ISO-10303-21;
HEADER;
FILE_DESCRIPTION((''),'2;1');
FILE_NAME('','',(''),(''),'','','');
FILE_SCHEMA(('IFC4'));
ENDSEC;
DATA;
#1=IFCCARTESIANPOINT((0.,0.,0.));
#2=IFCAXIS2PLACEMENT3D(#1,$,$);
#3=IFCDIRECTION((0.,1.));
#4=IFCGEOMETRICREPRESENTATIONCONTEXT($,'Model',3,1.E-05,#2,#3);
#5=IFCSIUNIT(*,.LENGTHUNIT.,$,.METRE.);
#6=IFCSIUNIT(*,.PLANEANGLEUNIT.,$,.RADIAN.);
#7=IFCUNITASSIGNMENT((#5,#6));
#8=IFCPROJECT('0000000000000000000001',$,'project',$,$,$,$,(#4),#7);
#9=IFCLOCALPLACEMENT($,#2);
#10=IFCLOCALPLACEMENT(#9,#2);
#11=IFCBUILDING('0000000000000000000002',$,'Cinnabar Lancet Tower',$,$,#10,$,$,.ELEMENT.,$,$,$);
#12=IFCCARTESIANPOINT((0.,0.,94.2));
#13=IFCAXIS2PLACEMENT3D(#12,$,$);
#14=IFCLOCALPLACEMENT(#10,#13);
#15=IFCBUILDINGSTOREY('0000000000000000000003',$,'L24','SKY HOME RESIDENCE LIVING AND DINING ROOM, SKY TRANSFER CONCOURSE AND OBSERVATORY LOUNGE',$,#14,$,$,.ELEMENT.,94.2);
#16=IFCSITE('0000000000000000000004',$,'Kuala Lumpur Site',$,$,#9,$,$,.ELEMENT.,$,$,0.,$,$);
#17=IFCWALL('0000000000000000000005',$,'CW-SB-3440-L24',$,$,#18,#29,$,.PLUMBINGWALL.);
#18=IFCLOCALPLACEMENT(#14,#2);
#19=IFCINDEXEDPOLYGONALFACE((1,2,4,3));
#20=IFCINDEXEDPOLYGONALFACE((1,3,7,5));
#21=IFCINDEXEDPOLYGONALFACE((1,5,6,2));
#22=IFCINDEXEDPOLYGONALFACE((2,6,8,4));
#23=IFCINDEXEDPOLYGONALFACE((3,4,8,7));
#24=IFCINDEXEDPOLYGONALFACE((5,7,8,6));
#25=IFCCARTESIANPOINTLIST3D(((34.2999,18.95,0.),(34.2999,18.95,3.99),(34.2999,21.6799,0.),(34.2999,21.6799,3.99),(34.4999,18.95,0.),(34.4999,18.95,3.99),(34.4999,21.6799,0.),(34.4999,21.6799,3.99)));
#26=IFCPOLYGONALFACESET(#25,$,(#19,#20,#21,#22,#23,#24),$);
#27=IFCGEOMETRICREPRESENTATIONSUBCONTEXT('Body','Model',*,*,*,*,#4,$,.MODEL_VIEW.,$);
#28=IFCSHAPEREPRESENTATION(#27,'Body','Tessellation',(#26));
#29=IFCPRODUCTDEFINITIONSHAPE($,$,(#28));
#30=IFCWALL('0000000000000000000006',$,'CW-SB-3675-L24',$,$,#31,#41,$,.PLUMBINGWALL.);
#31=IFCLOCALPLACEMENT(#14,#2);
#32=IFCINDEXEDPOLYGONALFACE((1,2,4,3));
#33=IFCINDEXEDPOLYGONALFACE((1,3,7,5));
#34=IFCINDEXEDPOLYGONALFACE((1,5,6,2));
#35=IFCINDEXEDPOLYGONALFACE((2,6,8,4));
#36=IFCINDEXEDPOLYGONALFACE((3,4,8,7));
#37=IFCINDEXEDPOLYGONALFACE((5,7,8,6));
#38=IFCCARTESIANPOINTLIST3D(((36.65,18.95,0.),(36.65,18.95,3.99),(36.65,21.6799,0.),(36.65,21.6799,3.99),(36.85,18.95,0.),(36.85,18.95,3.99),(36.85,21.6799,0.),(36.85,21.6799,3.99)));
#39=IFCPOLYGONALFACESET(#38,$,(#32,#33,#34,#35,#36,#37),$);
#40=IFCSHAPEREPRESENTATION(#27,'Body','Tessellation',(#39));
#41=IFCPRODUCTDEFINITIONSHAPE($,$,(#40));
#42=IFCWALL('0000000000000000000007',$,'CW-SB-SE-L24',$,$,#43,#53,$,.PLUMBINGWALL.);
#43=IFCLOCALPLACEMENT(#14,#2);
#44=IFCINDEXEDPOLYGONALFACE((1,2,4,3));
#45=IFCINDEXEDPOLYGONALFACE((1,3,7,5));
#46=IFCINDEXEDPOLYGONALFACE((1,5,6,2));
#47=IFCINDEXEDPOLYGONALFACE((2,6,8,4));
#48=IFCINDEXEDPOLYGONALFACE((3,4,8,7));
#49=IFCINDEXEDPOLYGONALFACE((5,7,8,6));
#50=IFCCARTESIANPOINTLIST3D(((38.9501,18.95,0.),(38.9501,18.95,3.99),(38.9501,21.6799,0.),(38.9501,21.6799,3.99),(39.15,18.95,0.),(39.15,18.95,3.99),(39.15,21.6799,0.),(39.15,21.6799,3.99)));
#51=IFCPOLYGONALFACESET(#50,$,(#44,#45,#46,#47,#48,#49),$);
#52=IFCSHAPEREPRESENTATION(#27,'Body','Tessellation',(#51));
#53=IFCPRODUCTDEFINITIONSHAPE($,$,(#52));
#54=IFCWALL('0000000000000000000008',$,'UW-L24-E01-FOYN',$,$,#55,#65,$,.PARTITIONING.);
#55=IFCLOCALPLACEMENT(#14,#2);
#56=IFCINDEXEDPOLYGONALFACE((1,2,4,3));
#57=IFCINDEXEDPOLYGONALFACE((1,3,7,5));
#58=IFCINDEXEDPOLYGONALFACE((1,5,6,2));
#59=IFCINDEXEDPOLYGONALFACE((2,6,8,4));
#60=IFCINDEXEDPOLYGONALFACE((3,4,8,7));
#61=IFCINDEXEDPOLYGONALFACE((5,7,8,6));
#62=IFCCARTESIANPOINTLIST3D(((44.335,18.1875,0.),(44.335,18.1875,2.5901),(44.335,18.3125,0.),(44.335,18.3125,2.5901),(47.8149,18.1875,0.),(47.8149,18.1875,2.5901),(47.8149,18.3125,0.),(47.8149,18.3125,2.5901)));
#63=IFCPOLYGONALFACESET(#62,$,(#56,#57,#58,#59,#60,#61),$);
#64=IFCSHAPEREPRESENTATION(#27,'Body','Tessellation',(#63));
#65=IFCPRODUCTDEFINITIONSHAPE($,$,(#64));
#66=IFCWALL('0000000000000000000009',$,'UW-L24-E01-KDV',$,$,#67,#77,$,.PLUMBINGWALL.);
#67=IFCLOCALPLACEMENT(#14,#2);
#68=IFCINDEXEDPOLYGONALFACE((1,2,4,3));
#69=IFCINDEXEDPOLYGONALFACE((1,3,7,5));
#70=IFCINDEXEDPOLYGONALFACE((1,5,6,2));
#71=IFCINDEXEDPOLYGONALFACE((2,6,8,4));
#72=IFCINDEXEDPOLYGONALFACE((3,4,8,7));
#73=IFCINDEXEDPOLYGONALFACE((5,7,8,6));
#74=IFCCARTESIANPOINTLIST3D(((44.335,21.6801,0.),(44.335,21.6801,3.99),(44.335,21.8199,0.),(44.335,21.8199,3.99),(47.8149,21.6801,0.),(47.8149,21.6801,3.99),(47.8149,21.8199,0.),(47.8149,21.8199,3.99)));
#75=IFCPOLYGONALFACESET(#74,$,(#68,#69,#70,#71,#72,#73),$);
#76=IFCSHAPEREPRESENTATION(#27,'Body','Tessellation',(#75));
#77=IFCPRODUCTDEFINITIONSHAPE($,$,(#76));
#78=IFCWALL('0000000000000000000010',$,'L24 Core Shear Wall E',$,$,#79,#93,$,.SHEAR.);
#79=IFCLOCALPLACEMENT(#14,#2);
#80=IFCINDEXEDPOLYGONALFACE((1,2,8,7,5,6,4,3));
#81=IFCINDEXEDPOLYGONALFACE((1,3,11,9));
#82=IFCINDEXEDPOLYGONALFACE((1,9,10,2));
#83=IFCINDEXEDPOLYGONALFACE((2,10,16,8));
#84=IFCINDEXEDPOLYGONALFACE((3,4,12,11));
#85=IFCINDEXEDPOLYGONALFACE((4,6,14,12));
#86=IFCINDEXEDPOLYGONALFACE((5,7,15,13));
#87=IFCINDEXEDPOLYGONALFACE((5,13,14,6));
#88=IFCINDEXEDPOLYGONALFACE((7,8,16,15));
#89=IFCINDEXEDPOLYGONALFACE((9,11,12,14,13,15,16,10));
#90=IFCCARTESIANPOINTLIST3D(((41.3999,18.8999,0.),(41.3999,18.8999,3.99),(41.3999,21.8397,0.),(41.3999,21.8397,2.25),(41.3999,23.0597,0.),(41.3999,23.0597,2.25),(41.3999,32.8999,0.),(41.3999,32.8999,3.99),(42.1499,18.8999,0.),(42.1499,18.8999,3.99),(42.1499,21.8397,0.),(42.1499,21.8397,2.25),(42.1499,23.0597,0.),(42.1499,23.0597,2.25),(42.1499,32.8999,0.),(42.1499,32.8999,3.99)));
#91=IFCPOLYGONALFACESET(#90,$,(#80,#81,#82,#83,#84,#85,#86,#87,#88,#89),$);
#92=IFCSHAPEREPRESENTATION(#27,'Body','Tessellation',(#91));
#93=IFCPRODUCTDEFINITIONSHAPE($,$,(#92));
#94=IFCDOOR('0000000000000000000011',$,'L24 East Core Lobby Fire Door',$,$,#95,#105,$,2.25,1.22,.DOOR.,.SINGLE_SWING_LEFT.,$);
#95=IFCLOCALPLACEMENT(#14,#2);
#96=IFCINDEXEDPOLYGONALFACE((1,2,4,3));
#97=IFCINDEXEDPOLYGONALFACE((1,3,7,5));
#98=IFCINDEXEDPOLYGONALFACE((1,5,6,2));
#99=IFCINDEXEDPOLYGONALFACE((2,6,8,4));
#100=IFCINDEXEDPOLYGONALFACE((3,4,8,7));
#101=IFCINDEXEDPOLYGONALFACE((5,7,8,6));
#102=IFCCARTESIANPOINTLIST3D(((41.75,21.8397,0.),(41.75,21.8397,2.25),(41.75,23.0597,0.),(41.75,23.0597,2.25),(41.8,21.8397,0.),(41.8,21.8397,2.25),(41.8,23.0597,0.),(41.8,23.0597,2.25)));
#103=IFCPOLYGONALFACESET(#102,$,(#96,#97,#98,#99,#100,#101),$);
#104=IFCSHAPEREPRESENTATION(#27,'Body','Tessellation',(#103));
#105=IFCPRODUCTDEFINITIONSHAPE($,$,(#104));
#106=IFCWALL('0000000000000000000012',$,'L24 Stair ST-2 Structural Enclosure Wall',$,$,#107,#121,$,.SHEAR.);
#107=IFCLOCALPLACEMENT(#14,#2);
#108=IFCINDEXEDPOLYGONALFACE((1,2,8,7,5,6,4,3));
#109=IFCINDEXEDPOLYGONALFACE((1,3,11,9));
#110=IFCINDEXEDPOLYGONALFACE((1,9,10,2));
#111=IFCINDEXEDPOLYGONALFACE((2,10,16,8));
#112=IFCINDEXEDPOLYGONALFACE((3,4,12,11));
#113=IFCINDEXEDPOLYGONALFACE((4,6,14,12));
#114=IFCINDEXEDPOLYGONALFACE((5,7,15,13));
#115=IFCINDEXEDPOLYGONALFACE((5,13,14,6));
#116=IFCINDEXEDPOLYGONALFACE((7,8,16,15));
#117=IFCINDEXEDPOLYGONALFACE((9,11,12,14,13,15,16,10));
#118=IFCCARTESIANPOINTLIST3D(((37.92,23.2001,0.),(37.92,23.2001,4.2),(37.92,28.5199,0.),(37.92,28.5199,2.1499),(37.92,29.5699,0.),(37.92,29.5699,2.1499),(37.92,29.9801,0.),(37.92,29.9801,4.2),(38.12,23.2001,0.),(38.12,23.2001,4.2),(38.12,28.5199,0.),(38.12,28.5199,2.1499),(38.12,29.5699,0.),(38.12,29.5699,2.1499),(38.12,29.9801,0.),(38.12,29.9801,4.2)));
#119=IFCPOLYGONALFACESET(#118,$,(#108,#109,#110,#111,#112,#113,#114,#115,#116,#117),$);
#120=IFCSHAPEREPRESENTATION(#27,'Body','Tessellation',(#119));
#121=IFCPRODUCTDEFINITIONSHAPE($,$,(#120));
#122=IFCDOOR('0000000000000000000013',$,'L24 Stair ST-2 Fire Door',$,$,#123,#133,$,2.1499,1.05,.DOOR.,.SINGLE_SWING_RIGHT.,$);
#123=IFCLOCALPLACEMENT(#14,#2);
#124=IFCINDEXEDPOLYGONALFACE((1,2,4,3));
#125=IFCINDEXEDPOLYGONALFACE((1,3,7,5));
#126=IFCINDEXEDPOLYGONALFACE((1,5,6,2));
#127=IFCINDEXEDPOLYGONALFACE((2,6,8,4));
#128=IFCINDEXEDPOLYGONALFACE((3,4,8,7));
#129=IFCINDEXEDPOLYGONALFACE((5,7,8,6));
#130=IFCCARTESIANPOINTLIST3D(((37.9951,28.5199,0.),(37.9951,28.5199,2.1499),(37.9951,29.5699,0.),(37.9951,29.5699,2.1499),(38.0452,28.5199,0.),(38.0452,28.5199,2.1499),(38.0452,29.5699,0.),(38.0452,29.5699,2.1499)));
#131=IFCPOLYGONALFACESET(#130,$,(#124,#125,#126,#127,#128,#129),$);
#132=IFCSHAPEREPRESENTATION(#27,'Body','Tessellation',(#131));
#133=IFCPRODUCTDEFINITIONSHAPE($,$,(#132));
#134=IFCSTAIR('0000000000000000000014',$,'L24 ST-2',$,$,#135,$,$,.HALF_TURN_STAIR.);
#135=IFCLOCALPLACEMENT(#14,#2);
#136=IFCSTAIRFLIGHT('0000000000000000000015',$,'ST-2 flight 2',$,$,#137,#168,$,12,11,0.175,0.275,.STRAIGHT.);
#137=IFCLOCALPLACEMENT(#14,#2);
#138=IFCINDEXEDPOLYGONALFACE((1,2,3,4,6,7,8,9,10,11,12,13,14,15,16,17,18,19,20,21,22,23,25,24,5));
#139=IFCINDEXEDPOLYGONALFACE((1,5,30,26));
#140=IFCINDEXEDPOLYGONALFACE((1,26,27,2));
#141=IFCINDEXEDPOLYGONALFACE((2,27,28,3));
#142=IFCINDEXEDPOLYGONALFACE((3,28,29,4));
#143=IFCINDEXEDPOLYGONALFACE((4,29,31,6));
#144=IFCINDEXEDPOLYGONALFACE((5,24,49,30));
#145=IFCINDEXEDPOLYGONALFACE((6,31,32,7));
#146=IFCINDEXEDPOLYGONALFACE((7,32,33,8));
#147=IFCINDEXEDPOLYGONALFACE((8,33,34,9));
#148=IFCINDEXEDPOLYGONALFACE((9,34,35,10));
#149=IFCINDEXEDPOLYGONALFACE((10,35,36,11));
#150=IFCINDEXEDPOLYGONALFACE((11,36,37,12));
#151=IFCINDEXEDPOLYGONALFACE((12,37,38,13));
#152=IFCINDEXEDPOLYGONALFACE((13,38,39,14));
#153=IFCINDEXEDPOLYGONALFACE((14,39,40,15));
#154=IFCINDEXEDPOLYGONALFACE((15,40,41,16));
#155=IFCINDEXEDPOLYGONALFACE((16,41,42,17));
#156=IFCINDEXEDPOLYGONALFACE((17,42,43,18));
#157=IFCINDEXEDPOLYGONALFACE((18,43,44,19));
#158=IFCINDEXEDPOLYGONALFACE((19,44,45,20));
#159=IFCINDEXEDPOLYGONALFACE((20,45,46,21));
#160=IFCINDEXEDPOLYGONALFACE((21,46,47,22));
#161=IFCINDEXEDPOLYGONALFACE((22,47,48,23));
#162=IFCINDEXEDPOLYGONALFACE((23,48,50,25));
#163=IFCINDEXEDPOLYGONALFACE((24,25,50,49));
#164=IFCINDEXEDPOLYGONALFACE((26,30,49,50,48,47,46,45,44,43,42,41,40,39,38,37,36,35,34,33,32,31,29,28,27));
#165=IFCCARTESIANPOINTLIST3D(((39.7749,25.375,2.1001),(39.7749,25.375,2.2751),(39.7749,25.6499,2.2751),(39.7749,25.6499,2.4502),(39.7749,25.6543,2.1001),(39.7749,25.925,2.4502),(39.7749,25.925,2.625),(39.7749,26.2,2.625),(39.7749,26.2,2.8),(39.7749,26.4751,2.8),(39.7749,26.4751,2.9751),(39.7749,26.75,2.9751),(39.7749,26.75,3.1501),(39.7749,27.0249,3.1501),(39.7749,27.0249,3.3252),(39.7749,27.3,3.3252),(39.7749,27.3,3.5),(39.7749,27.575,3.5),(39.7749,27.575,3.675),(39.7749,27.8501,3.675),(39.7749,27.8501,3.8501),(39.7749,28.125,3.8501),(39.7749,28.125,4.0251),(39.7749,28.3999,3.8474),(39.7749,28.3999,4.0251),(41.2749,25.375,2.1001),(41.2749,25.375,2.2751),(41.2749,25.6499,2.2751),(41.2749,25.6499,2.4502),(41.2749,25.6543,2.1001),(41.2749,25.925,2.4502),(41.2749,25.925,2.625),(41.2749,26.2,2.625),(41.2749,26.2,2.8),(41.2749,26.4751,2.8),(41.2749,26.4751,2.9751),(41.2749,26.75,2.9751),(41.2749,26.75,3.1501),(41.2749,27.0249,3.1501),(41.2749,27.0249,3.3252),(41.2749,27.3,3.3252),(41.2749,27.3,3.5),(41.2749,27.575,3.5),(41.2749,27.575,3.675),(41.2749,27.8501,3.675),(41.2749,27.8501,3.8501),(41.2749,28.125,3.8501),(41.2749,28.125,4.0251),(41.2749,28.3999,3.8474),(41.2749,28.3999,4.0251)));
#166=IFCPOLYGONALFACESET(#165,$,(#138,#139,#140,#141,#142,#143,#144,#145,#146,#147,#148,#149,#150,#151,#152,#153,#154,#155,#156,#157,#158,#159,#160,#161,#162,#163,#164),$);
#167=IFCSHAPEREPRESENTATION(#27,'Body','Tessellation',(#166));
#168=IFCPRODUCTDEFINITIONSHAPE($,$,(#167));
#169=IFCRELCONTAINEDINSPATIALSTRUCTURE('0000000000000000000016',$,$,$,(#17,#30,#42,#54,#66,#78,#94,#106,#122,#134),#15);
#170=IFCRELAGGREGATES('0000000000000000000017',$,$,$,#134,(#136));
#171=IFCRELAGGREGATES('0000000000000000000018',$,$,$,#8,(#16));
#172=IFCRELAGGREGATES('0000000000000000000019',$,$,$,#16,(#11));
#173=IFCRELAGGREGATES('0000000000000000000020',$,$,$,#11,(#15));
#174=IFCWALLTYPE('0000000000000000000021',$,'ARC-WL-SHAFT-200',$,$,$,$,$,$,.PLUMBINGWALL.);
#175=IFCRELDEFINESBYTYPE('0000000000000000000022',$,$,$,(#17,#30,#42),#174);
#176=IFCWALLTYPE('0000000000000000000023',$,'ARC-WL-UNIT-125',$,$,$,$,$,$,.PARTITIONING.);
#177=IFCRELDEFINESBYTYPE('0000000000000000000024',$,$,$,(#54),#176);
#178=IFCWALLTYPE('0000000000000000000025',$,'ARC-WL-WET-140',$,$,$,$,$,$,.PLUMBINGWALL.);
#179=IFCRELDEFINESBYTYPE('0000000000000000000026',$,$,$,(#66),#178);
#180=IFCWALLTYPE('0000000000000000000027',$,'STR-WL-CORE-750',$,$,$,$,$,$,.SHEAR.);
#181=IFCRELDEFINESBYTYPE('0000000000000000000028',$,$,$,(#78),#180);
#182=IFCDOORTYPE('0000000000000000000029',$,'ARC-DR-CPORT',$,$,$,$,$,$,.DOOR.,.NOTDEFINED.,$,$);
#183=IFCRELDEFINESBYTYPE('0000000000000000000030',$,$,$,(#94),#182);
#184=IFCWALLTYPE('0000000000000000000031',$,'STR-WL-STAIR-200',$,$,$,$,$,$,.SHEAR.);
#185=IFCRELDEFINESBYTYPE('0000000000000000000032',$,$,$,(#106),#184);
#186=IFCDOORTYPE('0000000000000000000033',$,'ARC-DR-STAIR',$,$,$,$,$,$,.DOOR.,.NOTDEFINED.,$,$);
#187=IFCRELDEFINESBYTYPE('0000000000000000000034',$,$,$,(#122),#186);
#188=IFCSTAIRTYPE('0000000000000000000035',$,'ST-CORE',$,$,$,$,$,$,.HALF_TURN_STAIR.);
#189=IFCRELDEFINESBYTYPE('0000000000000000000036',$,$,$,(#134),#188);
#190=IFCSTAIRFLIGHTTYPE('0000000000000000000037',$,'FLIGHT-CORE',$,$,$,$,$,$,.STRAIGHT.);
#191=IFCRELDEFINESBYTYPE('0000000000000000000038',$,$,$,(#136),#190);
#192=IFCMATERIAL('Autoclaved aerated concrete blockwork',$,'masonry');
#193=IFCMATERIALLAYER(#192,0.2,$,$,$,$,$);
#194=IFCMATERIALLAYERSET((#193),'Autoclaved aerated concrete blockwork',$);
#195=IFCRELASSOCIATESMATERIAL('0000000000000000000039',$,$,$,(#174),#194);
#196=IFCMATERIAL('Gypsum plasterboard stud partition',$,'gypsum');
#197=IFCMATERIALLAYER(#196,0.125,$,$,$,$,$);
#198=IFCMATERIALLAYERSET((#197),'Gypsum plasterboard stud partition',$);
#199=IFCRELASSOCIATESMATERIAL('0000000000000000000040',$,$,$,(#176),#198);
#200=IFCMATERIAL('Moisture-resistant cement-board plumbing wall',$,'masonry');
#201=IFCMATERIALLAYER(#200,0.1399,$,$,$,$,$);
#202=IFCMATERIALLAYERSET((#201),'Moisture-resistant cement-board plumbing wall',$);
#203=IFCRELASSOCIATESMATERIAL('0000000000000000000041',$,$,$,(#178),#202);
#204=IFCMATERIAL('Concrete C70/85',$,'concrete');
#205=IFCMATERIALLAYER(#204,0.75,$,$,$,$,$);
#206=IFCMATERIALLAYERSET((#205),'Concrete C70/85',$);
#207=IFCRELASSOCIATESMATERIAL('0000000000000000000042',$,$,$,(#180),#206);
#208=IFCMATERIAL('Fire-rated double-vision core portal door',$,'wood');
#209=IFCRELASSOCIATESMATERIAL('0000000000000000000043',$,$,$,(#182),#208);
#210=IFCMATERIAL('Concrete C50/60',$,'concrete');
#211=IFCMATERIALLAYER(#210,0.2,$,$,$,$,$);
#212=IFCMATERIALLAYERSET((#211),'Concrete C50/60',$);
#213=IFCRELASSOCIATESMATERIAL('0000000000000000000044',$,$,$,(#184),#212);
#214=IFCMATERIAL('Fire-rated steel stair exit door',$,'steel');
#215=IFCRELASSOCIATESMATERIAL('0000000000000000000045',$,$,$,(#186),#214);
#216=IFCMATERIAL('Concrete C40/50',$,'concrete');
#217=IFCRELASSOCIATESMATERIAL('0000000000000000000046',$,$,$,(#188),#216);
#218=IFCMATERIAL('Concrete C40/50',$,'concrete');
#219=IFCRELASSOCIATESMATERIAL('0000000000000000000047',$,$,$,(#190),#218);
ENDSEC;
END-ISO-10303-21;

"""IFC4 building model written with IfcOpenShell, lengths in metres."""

from ifc_helpers import new_model, si_unit, direction, frame, frame_2d, origin, place, context, subcontext, project, spatial, polyline, rectangle, outline, extrude, material, layer, layer_set, type_object, element, fill, aggregate, save


model = new_model("IFC4")

# Units and contexts
model_context = context("Model", 3, precision=1e-05, world=origin(), true_north=direction((0.0, 1.0)))
body_context = subcontext(model_context, "Body", "Model", "MODEL_VIEW")
ifc_project = project(units=[si_unit("LENGTHUNIT", "METRE"), si_unit("PLANEANGLEUNIT", "RADIAN")], contexts=[model_context])

# Site, building, storey
site_placement = place(None, origin())
site = spatial("IfcSite", under=ifc_project, at=site_placement, Name="Kuala Lumpur Site", CompositionType="ELEMENT", RefElevation=0.0)
building_placement = place(site_placement, origin())
building = spatial("IfcBuilding", under=site, at=building_placement, Name="Cinnabar Lancet Tower", CompositionType="ELEMENT")
storey_placement = place(building_placement, frame((0.0, 0.0, 94.2)))
storey = spatial("IfcBuildingStorey", under=building, at=storey_placement, Name="L24", Description="SKY HOME RESIDENCE LIVING AND DINING ROOM, SKY TRANSFER CONCOURSE AND OBSERVATORY LOUNGE", CompositionType="ELEMENT", Elevation=94.2)

# Shared definitions
ifc_material_1 = material(Name="Autoclaved aerated concrete blockwork", Category="masonry")
ifc_layer_1 = layer(ifc_material_1, 0.2)
ifc_layer_set_1 = layer_set([ifc_layer_1], Name="Autoclaved aerated concrete blockwork")
wall_type_1 = type_object("IfcWallType", Name="ARC-WL-SHAFT-200", PredefinedType="PLUMBINGWALL", material=ifc_layer_set_1)

# Walls
for number, where, z_axis, x_axis, name in (
    (1, (34.3999, 18.95, 0.0), (0.0, 0.0, 1.0), (0.0, 1.0, 0.0), "CW-SB-3440-L24"),
    (2, (36.75, 18.95, 0.0), (0.0, 0.0, 1.0), (0.0, 1.0, 0.0), "CW-SB-3675-L24"),
    (3, (39.05, 18.95, 0.0), (0.0, 0.0, 1.0), (0.0, 1.0, 0.0), "CW-SB-SE-L24"),
):
    element("IfcWall", number, at=place(storey_placement, frame(where, z_axis=z_axis, x_axis=x_axis)), inside=storey, type_object=wall_type_1, Name=name, PredefinedType="PLUMBINGWALL", context=body_context, shape_type="SweptSolid", body=[
        extrude(rectangle(XDim=2.73, YDim=0.2, at=frame_2d((1.365, 0.0))), origin(), (0.0, 0.0, 1.0), 3.99),
    ])
ifc_material_2 = material(Name="Gypsum plasterboard stud partition", Category="gypsum")
ifc_layer_2 = layer(ifc_material_2, 0.125)
ifc_layer_set_2 = layer_set([ifc_layer_2], Name="Gypsum plasterboard stud partition")
wall_type_2 = type_object("IfcWallType", Name="ARC-WL-UNIT-125", PredefinedType="PARTITIONING", material=ifc_layer_set_2)
wall_1_placement = place(storey_placement, frame((44.335, 18.25, 0.0), z_axis=(0.0, 0.0, 1.0), x_axis=(1.0, 0.0, 0.0)))
element("IfcWall", 4, at=wall_1_placement, inside=storey, type_object=wall_type_2, Name="UW-L24-E01-FOYN", PredefinedType="PARTITIONING", context=body_context, shape_type="SweptSolid", body=[
    extrude(rectangle(XDim=3.48, YDim=0.125, at=frame_2d((1.74, 0.0))), origin(), (0.0, 0.0, 1.0), 2.5901),
])
ifc_material_3 = material(Name="Moisture-resistant cement-board plumbing wall", Category="masonry")
ifc_layer_3 = layer(ifc_material_3, 0.1399)
ifc_layer_set_3 = layer_set([ifc_layer_3], Name="Moisture-resistant cement-board plumbing wall")
wall_type_3 = type_object("IfcWallType", Name="ARC-WL-WET-140", PredefinedType="PLUMBINGWALL", material=ifc_layer_set_3)
wall_2_placement = place(storey_placement, frame((44.335, 21.75, 0.0), z_axis=(0.0, 0.0, 1.0), x_axis=(1.0, 0.0, 0.0)))
element("IfcWall", 5, at=wall_2_placement, inside=storey, type_object=wall_type_3, Name="UW-L24-E01-KDV", PredefinedType="PLUMBINGWALL", context=body_context, shape_type="SweptSolid", body=[
    extrude(rectangle(XDim=3.48, YDim=0.1399, at=frame_2d((1.74, 0.0))), origin(), (0.0, 0.0, 1.0), 3.99),
])

# Walls, openings, doors
ifc_material_4 = material(Name="Concrete C70/85", Category="concrete")
ifc_layer_4 = layer(ifc_material_4, 0.75)
ifc_layer_set_4 = layer_set([ifc_layer_4], Name="Concrete C70/85")
wall_type_4 = type_object("IfcWallType", Name="STR-WL-CORE-750", PredefinedType="SHEAR", material=ifc_layer_set_4)
wall_3_placement = place(storey_placement, frame((41.7749, 18.8999, 0.0), z_axis=(0.0, 0.0, 1.0), x_axis=(0.0, 1.0, 0.0)))
wall_3 = element("IfcWall", 6, at=wall_3_placement, inside=storey, type_object=wall_type_4, Name="L24 Core Shear Wall E", PredefinedType="SHEAR", context=body_context, shape_type="SweptSolid", body=[
    extrude(rectangle(XDim=14.0, YDim=0.75, at=frame_2d((7.0, 0.0))), origin(), (0.0, 0.0, 1.0), 3.99),
])
opening_1_placement = place(wall_3_placement, frame((2.9399, 0.0, 0.0)))
opening_1 = element("IfcOpeningElement", 7, at=opening_1_placement, cuts=wall_3, PredefinedType="OPENING", context=body_context, shape_type="SweptSolid", body=[
    extrude(rectangle(XDim=1.22, YDim=2.25, at=frame_2d((0.6099, 1.125))), frame((0.0, 0.385, 0.0), z_axis=(0.0, -1.0, 0.0), x_axis=(1.0, 0.0, 0.0)), (0.0, 0.0, 1.0), 0.77),
])
ifc_material_5 = material(Name="Fire-rated double-vision core portal door", Category="wood")
door_type_1 = type_object("IfcDoorType", Name="ARC-DR-CPORT", OperationType="NOTDEFINED", PredefinedType="DOOR", material=ifc_material_5)
door_1_placement = place(opening_1_placement, origin())
door_1 = element("IfcDoor", 8, at=door_1_placement, inside=storey, type_object=door_type_1, Name="L24 East Core Lobby Fire Door", OperationType="SINGLE_SWING_LEFT", OverallHeight=2.25, OverallWidth=1.22, PredefinedType="DOOR", context=body_context, shape_type="SweptSolid", body=[
    extrude(rectangle(XDim=1.22, YDim=2.25, at=frame_2d((0.6099, 1.125))), frame((0.0, 0.0249, 0.0), z_axis=(0.0, -1.0, 0.0), x_axis=(1.0, 0.0, 0.0)), (0.0, 0.0, 1.0), 0.05),
])
fill(opening_1, door_1)
ifc_material_6 = material(Name="Concrete C50/60", Category="concrete")
ifc_layer_5 = layer(ifc_material_6, 0.2)
ifc_layer_set_5 = layer_set([ifc_layer_5], Name="Concrete C50/60")
wall_type_5 = type_object("IfcWallType", Name="STR-WL-STAIR-200", PredefinedType="SHEAR", material=ifc_layer_set_5)
wall_4_placement = place(storey_placement, frame((38.02, 23.2, 0.0), z_axis=(0.0, 0.0, 1.0), x_axis=(0.0, 1.0, 0.0)))
wall_4 = element("IfcWall", 9, at=wall_4_placement, inside=storey, type_object=wall_type_5, Name="L24 Stair ST-2 Structural Enclosure Wall", PredefinedType="SHEAR", context=body_context, shape_type="SweptSolid", body=[
    extrude(rectangle(XDim=6.78, YDim=0.2, at=frame_2d((3.3901, 0.0))), origin(), (0.0, 0.0, 1.0), 4.2),
])
opening_2_placement = place(wall_4_placement, frame((5.3201, 0.0, 0.0)))
opening_2 = element("IfcOpeningElement", 10, at=opening_2_placement, cuts=wall_4, PredefinedType="OPENING", context=body_context, shape_type="SweptSolid", body=[
    extrude(rectangle(XDim=1.05, YDim=2.1499, at=frame_2d((0.5249, 1.075))), frame((0.0, 0.1099, 0.0), z_axis=(0.0, -1.0, 0.0), x_axis=(1.0, 0.0, 0.0)), (0.0, 0.0, 1.0), 0.22),
])
ifc_material_7 = material(Name="Fire-rated steel stair exit door", Category="steel")
door_type_2 = type_object("IfcDoorType", Name="ARC-DR-STAIR", OperationType="NOTDEFINED", PredefinedType="DOOR", material=ifc_material_7)
door_2_placement = place(opening_2_placement, origin())
door_2 = element("IfcDoor", 11, at=door_2_placement, inside=storey, type_object=door_type_2, Name="L24 Stair ST-2 Fire Door", OperationType="SINGLE_SWING_RIGHT", OverallHeight=2.1499, OverallWidth=1.05, PredefinedType="DOOR", context=body_context, shape_type="SweptSolid", body=[
    extrude(rectangle(XDim=1.05, YDim=2.1499, at=frame_2d((0.5249, 1.075))), frame((0.0, 0.0249, 0.0), z_axis=(0.0, -1.0, 0.0), x_axis=(1.0, 0.0, 0.0)), (0.0, 0.0, 1.0), 0.05),
])
fill(opening_2, door_2)

# Stair, stair flight
ifc_material_8 = material(Name="Concrete C40/50", Category="concrete")
stair_type = type_object("IfcStairType", Name="ST-CORE", PredefinedType="HALF_TURN_STAIR", material=ifc_material_8)
stair_placement = place(storey_placement, origin())
stair = element("IfcStair", 12, at=stair_placement, inside=storey, type_object=stair_type, Name="L24 ST-2", PredefinedType="HALF_TURN_STAIR")
ifc_material_9 = material(Name="Concrete C40/50", Category="concrete")
stair_flight_type = type_object("IfcStairFlightType", Name="FLIGHT-CORE", PredefinedType="STRAIGHT", material=ifc_material_9)
stair_flight_placement = place(storey_placement, frame((40.5249, 25.375, 2.1001), z_axis=(0.0, 0.0, 1.0), x_axis=(0.0, 1.0, 0.0)))
stair_flight = element("IfcStairFlight", 13, at=stair_flight_placement, type_object=stair_flight_type, Name="ST-2 flight 2", NumberOfRisers=12, NumberOfTreads=11, PredefinedType="STRAIGHT", RiserHeight=0.175, TreadLength=0.275, context=body_context, shape_type="SweptSolid", body=[
    extrude(outline(polyline([(0.0, 0.0), (0.0, 0.175), (0.2749, 0.175), (0.2749, 0.3501), (0.55, 0.3501), (0.55, 0.5249), (0.825, 0.5249), (0.825, 0.7), (1.1001, 0.7), (1.1001, 0.875), (1.375, 0.875), (1.375, 1.05), (1.6499, 1.05), (1.6499, 1.2251), (1.925, 1.2251), (1.925, 1.3999), (2.2, 1.3999), (2.2, 1.575), (2.4751, 1.575), (2.4751, 1.75), (2.75, 1.75), (2.75, 1.925), (3.0249, 1.925), (3.0249, 2.1001), (3.0249, 1.7473), (0.2793, 0.0), (0.0, 0.0)])), frame((0.0, 0.75, 0.0), z_axis=(0.0, -1.0, 0.0), x_axis=(1.0, 0.0, 0.0)), (0.0, 0.0, 1.0), 1.5),
])
aggregate(stair, [stair_flight])

save(model, "model.ifc")
